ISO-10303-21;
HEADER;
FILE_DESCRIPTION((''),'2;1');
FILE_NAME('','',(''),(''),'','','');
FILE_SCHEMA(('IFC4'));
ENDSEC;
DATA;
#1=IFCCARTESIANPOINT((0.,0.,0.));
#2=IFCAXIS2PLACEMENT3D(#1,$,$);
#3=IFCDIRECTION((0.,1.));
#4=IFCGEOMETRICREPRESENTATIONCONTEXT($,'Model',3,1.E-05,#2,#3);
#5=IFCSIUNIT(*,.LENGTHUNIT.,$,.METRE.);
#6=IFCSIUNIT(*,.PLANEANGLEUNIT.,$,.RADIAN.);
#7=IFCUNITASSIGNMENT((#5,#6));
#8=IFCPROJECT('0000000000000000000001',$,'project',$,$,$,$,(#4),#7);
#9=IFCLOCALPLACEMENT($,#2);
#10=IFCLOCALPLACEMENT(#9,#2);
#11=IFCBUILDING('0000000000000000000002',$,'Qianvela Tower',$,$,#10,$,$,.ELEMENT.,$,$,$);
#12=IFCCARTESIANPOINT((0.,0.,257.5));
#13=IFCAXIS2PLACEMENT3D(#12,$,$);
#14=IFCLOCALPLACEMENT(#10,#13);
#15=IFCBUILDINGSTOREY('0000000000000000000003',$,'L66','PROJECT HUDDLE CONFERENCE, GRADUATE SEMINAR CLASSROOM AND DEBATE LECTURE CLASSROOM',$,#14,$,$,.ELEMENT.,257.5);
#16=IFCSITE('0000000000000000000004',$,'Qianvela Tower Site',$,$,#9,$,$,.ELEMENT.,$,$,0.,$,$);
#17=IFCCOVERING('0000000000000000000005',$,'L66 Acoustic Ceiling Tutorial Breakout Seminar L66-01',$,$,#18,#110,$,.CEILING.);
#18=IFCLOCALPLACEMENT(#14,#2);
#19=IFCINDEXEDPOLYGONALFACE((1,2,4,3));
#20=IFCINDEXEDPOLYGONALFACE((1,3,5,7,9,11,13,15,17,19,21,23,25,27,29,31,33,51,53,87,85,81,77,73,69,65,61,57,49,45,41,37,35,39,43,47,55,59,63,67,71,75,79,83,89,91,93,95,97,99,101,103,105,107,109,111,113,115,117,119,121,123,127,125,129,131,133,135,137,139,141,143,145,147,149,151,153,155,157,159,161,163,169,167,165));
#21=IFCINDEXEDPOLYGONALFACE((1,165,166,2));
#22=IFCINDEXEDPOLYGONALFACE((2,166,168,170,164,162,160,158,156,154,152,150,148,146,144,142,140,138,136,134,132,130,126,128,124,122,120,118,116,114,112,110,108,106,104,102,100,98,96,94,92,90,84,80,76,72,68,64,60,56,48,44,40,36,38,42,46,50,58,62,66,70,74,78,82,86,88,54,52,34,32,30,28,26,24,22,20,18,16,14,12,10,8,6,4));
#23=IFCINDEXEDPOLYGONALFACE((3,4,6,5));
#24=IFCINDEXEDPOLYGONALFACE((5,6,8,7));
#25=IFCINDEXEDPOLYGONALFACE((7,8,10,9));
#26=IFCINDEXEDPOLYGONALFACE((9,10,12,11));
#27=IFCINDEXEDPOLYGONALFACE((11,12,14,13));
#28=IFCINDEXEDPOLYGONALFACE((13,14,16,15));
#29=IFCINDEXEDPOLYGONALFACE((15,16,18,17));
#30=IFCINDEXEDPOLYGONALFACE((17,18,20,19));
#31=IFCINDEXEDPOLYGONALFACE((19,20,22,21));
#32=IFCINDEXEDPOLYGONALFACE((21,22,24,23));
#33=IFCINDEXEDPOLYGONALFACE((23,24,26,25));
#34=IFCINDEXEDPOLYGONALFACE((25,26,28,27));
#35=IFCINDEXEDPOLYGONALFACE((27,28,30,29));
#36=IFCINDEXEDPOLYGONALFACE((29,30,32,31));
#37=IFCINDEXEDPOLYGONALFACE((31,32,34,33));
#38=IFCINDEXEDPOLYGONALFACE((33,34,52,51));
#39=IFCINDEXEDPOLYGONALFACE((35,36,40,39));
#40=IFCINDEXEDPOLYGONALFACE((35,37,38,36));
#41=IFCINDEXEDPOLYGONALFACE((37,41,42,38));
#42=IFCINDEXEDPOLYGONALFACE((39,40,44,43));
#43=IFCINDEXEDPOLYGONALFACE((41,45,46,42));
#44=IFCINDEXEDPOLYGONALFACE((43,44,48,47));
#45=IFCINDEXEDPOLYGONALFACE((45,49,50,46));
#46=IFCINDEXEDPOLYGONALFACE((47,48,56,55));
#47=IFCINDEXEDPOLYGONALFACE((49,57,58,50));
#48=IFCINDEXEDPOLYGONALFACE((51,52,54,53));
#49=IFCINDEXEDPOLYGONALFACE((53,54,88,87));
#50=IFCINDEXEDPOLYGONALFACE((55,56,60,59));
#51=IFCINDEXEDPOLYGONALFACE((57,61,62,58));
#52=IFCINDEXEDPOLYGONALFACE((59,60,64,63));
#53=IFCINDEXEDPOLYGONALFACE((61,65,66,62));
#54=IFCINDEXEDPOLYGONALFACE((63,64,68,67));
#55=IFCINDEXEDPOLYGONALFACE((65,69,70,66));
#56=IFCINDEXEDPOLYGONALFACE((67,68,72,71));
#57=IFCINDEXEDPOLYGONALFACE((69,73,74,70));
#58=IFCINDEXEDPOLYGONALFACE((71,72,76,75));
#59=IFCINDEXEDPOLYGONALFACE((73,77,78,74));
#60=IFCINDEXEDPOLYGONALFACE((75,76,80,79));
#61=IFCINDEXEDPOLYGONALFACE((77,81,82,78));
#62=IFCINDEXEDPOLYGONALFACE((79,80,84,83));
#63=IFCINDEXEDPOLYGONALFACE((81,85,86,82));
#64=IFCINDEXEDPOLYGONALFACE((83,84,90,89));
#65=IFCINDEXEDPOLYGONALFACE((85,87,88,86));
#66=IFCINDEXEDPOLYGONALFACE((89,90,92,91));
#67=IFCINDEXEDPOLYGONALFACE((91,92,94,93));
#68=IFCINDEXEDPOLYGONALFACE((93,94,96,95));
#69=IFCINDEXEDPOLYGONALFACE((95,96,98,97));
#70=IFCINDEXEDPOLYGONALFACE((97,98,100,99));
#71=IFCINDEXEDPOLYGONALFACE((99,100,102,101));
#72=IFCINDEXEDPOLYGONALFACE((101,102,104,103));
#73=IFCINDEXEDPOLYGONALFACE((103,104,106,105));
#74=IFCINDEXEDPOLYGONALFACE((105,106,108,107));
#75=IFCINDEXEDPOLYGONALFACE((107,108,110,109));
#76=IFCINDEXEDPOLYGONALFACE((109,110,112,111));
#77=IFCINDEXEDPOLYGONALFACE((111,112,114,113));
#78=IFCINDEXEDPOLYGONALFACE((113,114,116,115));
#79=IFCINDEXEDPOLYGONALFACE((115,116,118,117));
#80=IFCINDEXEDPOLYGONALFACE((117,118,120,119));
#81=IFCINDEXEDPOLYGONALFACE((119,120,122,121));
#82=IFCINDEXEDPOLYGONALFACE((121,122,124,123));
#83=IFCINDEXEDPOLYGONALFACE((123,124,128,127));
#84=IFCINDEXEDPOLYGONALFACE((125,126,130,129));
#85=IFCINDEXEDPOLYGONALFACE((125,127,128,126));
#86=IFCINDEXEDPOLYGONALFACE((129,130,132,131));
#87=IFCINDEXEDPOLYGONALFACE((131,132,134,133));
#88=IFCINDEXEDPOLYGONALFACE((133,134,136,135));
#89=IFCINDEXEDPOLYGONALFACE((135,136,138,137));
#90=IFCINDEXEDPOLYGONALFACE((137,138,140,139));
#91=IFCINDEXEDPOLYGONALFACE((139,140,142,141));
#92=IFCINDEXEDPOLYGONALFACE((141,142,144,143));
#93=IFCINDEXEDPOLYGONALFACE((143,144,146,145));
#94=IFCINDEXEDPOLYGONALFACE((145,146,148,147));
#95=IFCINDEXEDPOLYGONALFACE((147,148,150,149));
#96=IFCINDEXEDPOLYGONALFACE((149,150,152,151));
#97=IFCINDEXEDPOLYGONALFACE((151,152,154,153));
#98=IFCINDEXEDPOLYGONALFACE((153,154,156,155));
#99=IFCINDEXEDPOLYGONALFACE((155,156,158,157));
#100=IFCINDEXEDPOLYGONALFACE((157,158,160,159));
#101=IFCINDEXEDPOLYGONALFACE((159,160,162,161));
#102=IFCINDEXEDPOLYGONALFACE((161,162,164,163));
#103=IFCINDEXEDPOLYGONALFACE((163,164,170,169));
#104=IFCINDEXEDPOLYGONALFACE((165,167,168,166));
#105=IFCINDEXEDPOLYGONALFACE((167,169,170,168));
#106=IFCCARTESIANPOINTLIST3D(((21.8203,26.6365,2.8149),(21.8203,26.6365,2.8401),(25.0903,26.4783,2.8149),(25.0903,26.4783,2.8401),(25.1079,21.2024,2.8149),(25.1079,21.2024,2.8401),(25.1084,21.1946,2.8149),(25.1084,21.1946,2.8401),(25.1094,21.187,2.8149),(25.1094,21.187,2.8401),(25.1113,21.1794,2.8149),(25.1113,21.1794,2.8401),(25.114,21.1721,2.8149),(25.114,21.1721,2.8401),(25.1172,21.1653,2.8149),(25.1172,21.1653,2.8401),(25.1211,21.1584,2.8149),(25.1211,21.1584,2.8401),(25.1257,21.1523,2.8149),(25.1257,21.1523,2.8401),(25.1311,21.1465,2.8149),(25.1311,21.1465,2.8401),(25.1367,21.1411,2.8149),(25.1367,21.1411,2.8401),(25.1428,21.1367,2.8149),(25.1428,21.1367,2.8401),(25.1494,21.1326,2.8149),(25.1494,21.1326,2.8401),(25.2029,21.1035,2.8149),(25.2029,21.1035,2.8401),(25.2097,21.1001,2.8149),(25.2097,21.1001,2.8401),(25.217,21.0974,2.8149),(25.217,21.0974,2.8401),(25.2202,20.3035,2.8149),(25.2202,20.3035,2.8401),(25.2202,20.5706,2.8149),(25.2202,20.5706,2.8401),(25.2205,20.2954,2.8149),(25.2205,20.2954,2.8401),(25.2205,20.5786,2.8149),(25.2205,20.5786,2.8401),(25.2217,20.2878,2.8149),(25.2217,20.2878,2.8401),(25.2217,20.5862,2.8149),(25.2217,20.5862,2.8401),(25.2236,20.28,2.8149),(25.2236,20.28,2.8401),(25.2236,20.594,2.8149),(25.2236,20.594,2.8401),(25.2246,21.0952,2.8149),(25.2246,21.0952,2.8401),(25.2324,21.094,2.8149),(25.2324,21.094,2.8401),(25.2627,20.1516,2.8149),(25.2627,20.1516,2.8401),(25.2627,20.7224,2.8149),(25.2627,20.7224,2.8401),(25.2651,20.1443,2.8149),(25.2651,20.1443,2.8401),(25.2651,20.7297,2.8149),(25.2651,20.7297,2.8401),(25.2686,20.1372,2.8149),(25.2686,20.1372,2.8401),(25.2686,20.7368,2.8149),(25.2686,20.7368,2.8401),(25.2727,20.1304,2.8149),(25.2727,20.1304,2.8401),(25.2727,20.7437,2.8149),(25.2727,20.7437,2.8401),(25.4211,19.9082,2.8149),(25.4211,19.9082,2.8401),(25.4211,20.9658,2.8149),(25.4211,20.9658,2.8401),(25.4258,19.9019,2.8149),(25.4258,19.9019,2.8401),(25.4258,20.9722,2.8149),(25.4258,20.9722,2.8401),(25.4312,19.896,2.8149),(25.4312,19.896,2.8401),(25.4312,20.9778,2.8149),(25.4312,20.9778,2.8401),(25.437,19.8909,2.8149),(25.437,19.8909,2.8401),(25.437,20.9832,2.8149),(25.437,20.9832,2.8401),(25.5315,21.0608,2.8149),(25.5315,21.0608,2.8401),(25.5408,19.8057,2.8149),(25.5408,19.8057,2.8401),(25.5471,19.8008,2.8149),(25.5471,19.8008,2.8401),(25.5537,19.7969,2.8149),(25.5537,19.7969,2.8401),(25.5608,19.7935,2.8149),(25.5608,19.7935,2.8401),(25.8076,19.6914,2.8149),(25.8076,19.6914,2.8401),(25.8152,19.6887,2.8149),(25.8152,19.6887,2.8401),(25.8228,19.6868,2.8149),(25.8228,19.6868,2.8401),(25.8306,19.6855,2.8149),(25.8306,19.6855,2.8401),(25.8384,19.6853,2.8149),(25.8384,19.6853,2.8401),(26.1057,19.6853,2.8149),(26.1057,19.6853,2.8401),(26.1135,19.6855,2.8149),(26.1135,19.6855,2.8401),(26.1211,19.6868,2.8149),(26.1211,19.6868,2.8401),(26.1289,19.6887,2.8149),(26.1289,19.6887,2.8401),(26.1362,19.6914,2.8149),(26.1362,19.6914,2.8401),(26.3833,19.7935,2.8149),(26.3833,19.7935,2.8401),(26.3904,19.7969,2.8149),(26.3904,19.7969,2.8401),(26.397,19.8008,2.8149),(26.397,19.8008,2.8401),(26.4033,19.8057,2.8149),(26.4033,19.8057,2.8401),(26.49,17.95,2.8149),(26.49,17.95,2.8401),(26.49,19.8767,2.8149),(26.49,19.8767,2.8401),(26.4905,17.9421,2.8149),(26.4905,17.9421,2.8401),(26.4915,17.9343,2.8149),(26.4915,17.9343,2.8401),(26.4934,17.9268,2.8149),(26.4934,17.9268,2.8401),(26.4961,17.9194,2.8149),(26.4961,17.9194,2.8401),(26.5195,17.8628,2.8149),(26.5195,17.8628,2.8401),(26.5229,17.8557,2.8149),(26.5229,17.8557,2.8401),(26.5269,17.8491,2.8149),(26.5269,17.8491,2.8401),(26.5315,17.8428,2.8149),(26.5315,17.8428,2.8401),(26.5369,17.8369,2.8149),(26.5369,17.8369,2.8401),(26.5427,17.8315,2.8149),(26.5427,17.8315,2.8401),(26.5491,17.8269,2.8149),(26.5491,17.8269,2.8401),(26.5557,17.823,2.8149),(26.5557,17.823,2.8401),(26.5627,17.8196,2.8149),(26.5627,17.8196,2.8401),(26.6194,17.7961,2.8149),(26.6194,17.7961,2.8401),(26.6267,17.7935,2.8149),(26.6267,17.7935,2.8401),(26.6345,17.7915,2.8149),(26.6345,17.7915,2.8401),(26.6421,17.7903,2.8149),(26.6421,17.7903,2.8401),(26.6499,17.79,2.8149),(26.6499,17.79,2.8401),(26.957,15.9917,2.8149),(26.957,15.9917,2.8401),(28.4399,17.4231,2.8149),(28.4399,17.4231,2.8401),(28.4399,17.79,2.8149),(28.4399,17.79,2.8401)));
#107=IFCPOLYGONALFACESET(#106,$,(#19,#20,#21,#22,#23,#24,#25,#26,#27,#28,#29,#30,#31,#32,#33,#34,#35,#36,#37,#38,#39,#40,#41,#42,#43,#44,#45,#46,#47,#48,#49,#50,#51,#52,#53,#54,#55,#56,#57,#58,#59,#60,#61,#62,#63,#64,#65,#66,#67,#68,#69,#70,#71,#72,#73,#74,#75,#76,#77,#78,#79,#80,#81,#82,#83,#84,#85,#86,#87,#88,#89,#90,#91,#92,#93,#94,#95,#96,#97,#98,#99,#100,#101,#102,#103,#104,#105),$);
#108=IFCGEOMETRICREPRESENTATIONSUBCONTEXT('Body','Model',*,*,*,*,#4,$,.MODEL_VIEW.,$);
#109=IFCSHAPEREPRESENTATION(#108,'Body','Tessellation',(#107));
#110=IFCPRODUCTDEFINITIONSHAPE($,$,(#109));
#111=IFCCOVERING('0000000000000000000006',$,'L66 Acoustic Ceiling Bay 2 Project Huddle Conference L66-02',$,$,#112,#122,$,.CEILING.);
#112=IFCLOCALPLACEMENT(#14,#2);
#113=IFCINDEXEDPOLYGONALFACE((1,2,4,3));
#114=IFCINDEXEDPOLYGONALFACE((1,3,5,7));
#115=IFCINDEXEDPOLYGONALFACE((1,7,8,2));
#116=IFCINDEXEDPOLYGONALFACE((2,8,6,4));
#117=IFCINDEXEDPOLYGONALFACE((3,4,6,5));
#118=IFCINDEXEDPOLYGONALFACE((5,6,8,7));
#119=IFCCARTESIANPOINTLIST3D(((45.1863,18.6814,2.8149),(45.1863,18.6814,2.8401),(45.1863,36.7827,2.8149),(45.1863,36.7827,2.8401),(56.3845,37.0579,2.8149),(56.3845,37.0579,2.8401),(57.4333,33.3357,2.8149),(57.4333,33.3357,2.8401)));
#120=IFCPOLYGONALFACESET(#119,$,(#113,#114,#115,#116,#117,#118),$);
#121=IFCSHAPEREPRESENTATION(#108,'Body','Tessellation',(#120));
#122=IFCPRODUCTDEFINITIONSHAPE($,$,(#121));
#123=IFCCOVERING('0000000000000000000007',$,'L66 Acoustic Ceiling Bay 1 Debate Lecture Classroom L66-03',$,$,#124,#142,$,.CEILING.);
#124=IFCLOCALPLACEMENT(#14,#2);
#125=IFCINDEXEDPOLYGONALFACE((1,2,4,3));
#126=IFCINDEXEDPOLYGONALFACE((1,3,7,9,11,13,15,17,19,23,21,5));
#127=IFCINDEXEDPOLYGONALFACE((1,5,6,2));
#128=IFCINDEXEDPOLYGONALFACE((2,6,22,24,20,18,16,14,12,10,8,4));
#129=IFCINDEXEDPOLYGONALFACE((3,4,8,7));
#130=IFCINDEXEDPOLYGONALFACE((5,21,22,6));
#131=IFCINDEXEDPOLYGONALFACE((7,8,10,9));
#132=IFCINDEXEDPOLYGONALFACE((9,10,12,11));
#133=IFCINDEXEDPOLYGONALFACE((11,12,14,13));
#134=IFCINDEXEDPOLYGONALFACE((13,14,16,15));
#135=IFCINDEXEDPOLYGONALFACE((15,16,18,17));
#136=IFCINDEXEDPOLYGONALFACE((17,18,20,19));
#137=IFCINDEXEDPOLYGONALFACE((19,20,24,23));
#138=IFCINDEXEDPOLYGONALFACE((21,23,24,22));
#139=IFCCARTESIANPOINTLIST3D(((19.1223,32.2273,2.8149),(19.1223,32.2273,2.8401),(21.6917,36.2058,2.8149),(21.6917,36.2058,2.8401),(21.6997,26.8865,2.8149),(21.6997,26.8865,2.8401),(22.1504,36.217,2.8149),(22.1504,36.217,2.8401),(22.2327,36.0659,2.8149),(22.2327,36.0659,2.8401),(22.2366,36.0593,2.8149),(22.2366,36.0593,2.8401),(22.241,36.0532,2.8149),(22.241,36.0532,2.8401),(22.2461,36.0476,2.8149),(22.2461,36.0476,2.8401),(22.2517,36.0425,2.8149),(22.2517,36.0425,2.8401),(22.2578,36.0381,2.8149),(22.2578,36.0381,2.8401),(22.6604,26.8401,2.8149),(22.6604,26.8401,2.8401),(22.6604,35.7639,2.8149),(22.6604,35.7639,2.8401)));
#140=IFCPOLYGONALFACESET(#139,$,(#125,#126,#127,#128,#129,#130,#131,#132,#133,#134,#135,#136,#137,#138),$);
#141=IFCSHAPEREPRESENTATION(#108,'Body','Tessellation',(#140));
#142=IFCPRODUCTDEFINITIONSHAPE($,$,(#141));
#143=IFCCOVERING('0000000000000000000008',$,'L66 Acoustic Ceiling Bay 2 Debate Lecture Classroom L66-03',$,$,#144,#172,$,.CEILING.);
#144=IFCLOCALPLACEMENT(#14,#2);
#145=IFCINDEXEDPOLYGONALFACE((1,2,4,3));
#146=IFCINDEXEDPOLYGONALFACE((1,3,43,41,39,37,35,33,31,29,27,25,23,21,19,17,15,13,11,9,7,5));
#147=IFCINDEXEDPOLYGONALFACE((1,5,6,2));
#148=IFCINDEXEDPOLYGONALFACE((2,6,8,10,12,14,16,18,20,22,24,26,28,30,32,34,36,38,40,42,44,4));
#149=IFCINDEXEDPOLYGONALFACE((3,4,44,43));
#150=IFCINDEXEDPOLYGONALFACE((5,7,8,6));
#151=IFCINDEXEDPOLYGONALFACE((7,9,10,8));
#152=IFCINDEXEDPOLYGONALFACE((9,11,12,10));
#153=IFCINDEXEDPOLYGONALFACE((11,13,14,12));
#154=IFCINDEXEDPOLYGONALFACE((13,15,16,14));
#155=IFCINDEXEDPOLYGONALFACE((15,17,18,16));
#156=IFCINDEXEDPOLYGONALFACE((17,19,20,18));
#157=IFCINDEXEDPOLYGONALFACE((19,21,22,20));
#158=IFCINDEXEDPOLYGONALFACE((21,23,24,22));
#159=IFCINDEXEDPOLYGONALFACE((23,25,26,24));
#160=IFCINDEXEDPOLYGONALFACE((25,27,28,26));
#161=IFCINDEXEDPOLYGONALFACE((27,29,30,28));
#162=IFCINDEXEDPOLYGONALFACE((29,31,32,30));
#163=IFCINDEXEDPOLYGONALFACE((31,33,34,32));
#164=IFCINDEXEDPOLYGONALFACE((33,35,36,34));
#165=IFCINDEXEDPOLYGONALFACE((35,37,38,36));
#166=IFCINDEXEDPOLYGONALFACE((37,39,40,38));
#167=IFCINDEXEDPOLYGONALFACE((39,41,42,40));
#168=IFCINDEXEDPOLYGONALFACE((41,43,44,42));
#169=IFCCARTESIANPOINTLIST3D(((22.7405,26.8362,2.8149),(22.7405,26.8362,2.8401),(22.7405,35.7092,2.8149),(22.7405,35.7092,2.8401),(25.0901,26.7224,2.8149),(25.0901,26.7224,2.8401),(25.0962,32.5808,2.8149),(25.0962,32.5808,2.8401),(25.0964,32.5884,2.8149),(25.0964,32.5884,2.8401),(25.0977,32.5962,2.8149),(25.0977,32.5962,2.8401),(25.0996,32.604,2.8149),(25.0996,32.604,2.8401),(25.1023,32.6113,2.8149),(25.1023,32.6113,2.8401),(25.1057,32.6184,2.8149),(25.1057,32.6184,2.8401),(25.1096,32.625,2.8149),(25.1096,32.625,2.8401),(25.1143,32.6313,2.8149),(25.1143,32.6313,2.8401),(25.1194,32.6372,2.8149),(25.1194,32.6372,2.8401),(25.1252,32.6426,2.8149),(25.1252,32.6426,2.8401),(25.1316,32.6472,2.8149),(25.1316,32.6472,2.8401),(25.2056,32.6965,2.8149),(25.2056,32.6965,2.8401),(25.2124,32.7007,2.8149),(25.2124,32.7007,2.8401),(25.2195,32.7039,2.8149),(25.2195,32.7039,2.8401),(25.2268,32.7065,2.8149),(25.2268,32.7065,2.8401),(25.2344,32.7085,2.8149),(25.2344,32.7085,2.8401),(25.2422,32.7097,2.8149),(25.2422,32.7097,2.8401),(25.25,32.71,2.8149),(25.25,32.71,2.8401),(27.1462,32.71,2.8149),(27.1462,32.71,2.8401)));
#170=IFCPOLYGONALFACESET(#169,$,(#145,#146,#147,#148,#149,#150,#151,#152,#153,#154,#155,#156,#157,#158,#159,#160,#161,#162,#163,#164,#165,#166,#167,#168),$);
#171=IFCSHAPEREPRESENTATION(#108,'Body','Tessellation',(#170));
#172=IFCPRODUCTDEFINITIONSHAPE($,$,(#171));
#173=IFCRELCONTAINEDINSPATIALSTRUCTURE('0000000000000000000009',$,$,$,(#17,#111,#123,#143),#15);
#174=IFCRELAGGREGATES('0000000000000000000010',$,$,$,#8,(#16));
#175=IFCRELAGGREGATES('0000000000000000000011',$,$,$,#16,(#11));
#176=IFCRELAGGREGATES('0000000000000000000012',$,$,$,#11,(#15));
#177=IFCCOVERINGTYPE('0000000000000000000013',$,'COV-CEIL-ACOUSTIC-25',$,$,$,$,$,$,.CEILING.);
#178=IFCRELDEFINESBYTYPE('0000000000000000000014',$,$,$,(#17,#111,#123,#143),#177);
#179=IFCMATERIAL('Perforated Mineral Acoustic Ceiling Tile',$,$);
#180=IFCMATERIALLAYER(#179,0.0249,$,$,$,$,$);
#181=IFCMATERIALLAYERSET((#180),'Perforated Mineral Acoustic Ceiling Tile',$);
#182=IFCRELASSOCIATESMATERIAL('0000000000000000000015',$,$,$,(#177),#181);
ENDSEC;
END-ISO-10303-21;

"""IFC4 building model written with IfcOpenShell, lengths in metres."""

from ifc_helpers import new_model, si_unit, direction, frame, origin, place, context, subcontext, project, spatial, polyline, outline, extrude, material, layer, layer_set, type_object, element, save


model = new_model("IFC4")

# Units and contexts
model_context = context("Model", 3, precision=1e-05, world=origin(), true_north=direction((0.0, 1.0)))
body_context = subcontext(model_context, "Body", "Model", "MODEL_VIEW")
ifc_project = project(units=[si_unit("LENGTHUNIT", "METRE"), si_unit("PLANEANGLEUNIT", "RADIAN")], contexts=[model_context])

# Site, building, storey
site_placement = place(None, origin())
site = spatial("IfcSite", under=ifc_project, at=site_placement, Name="Qianvela Tower Site", CompositionType="ELEMENT", RefElevation=0.0)
building_placement = place(site_placement, origin())
building = spatial("IfcBuilding", under=site, at=building_placement, Name="Qianvela Tower", CompositionType="ELEMENT")
storey_placement = place(building_placement, frame((0.0, 0.0, 257.5)))
storey = spatial("IfcBuildingStorey", under=building, at=storey_placement, Name="L66", Description="PROJECT HUDDLE CONFERENCE, GRADUATE SEMINAR CLASSROOM AND DEBATE LECTURE CLASSROOM", CompositionType="ELEMENT", Elevation=257.5)

# Coverings
ifc_material_1 = material(Name="Perforated Mineral Acoustic Ceiling Tile")
ifc_layer_1 = layer(ifc_material_1, 0.0249)
ifc_layer_set_1 = layer_set([ifc_layer_1], Name="Perforated Mineral Acoustic Ceiling Tile")
covering_type_1 = type_object("IfcCoveringType", Name="COV-CEIL-ACOUSTIC-25", PredefinedType="CEILING", material=ifc_layer_set_1)
covering_1_placement = place(storey_placement, frame((0.0, 0.0, 2.8149)))
element("IfcCovering", 1, at=covering_1_placement, inside=storey, type_object=covering_type_1, Name="L66 Acoustic Ceiling Tutorial Breakout Seminar L66-01", PredefinedType="CEILING", context=body_context, shape_type="SweptSolid", body=[
    extrude(outline(polyline([(25.2029, 21.1035), (25.2097, 21.1001), (25.217, 21.0974), (25.2246, 21.0952), (25.2324, 21.094), (25.5315, 21.0608), (25.437, 20.9832), (25.4312, 20.9778), (25.4258, 20.9722), (25.4211, 20.9658), (25.2727, 20.7437), (25.2686, 20.7368), (25.2651, 20.7297), (25.2627, 20.7224), (25.2236, 20.594), (25.2217, 20.5862), (25.2205, 20.5786), (25.2202, 20.5706), (25.2202, 20.3035), (25.2205, 20.2954), (25.2217, 20.2878), (25.2236, 20.28), (25.2627, 20.1516), (25.2651, 20.1443), (25.2686, 20.1372), (25.2727, 20.1304), (25.4211, 19.9082), (25.4258, 19.9019), (25.4312, 19.896), (25.437, 19.8909), (25.5408, 19.8057), (25.5471, 19.8008), (25.5537, 19.7969), (25.5608, 19.7935), (25.8076, 19.6914), (25.8152, 19.6887), (25.8228, 19.6868), (25.8306, 19.6855), (25.8384, 19.6853), (26.1057, 19.6853), (26.1135, 19.6855), (26.1211, 19.6868), (26.1289, 19.6887), (26.1362, 19.6914), (26.3833, 19.7935), (26.3904, 19.7969), (26.397, 19.8008), (26.4033, 19.8057), (26.49, 19.8767), (26.49, 17.95), (26.4905, 17.9421), (26.4915, 17.9343), (26.4934, 17.9268), (26.4961, 17.9194), (26.5195, 17.8628), (26.5229, 17.8557), (26.5269, 17.8491), (26.5315, 17.8428), (26.5369, 17.8369), (26.5427, 17.8315), (26.5491, 17.8269), (26.5557, 17.823), (26.5627, 17.8196), (26.6194, 17.7961), (26.6267, 17.7935), (26.6345, 17.7915), (26.6421, 17.7903), (26.6499, 17.79), (28.4399, 17.79), (28.4399, 17.4231), (26.957, 15.9917), (21.8203, 26.6365), (25.0903, 26.4783), (25.1079, 21.2024), (25.1084, 21.1946), (25.1094, 21.187), (25.1113, 21.1794), (25.114, 21.1721), (25.1172, 21.1653), (25.1211, 21.1584), (25.1257, 21.1523), (25.1311, 21.1465), (25.1367, 21.1411), (25.1428, 21.1367), (25.1494, 21.1326), (25.2029, 21.1035)])), origin(), (0.0, 0.0, 1.0), 0.0251),
])
covering_2_placement = place(storey_placement, frame((0.0, 0.0, 2.8149)))
element("IfcCovering", 2, at=covering_2_placement, inside=storey, type_object=covering_type_1, Name="L66 Acoustic Ceiling Bay 2 Project Huddle Conference L66-02", PredefinedType="CEILING", context=body_context, shape_type="SweptSolid", body=[
    extrude(outline(polyline([(56.3845, 37.0579), (57.4333, 33.3357), (45.1863, 18.6814), (45.1863, 36.7827), (56.3845, 37.0579)])), origin(), (0.0, 0.0, 1.0), 0.0251),
])
covering_3_placement = place(storey_placement, frame((0.0, 0.0, 2.8149)))
element("IfcCovering", 3, at=covering_3_placement, inside=storey, type_object=covering_type_1, Name="L66 Acoustic Ceiling Bay 1 Debate Lecture Classroom L66-03", PredefinedType="CEILING", context=body_context, shape_type="SweptSolid", body=[
    extrude(outline(polyline([(21.6997, 26.8865), (19.1223, 32.2273), (21.6917, 36.2058), (22.1504, 36.217), (22.2327, 36.0659), (22.2366, 36.0593), (22.241, 36.0532), (22.2461, 36.0476), (22.2517, 36.0425), (22.2578, 36.0381), (22.6604, 35.7639), (22.6604, 26.8401), (21.6997, 26.8865)])), origin(), (0.0, 0.0, 1.0), 0.0251),
])
covering_4_placement = place(storey_placement, frame((0.0, 0.0, 2.8149)))
element("IfcCovering", 4, at=covering_4_placement, inside=storey, type_object=covering_type_1, Name="L66 Acoustic Ceiling Bay 2 Debate Lecture Classroom L66-03", PredefinedType="CEILING", context=body_context, shape_type="SweptSolid", body=[
    extrude(outline(polyline([(25.2422, 32.7097), (25.2344, 32.7085), (25.2268, 32.7065), (25.2195, 32.7039), (25.2124, 32.7007), (25.2056, 32.6965), (25.1316, 32.6472), (25.1252, 32.6426), (25.1194, 32.6372), (25.1143, 32.6313), (25.1096, 32.625), (25.1057, 32.6184), (25.1023, 32.6113), (25.0996, 32.604), (25.0977, 32.5962), (25.0964, 32.5884), (25.0962, 32.5808), (25.0901, 26.7224), (22.7405, 26.8362), (22.7405, 35.7092), (27.1462, 32.71), (25.25, 32.71), (25.2422, 32.7097)])), origin(), (0.0, 0.0, 1.0), 0.0251),
])

save(model, "model.ifc")
